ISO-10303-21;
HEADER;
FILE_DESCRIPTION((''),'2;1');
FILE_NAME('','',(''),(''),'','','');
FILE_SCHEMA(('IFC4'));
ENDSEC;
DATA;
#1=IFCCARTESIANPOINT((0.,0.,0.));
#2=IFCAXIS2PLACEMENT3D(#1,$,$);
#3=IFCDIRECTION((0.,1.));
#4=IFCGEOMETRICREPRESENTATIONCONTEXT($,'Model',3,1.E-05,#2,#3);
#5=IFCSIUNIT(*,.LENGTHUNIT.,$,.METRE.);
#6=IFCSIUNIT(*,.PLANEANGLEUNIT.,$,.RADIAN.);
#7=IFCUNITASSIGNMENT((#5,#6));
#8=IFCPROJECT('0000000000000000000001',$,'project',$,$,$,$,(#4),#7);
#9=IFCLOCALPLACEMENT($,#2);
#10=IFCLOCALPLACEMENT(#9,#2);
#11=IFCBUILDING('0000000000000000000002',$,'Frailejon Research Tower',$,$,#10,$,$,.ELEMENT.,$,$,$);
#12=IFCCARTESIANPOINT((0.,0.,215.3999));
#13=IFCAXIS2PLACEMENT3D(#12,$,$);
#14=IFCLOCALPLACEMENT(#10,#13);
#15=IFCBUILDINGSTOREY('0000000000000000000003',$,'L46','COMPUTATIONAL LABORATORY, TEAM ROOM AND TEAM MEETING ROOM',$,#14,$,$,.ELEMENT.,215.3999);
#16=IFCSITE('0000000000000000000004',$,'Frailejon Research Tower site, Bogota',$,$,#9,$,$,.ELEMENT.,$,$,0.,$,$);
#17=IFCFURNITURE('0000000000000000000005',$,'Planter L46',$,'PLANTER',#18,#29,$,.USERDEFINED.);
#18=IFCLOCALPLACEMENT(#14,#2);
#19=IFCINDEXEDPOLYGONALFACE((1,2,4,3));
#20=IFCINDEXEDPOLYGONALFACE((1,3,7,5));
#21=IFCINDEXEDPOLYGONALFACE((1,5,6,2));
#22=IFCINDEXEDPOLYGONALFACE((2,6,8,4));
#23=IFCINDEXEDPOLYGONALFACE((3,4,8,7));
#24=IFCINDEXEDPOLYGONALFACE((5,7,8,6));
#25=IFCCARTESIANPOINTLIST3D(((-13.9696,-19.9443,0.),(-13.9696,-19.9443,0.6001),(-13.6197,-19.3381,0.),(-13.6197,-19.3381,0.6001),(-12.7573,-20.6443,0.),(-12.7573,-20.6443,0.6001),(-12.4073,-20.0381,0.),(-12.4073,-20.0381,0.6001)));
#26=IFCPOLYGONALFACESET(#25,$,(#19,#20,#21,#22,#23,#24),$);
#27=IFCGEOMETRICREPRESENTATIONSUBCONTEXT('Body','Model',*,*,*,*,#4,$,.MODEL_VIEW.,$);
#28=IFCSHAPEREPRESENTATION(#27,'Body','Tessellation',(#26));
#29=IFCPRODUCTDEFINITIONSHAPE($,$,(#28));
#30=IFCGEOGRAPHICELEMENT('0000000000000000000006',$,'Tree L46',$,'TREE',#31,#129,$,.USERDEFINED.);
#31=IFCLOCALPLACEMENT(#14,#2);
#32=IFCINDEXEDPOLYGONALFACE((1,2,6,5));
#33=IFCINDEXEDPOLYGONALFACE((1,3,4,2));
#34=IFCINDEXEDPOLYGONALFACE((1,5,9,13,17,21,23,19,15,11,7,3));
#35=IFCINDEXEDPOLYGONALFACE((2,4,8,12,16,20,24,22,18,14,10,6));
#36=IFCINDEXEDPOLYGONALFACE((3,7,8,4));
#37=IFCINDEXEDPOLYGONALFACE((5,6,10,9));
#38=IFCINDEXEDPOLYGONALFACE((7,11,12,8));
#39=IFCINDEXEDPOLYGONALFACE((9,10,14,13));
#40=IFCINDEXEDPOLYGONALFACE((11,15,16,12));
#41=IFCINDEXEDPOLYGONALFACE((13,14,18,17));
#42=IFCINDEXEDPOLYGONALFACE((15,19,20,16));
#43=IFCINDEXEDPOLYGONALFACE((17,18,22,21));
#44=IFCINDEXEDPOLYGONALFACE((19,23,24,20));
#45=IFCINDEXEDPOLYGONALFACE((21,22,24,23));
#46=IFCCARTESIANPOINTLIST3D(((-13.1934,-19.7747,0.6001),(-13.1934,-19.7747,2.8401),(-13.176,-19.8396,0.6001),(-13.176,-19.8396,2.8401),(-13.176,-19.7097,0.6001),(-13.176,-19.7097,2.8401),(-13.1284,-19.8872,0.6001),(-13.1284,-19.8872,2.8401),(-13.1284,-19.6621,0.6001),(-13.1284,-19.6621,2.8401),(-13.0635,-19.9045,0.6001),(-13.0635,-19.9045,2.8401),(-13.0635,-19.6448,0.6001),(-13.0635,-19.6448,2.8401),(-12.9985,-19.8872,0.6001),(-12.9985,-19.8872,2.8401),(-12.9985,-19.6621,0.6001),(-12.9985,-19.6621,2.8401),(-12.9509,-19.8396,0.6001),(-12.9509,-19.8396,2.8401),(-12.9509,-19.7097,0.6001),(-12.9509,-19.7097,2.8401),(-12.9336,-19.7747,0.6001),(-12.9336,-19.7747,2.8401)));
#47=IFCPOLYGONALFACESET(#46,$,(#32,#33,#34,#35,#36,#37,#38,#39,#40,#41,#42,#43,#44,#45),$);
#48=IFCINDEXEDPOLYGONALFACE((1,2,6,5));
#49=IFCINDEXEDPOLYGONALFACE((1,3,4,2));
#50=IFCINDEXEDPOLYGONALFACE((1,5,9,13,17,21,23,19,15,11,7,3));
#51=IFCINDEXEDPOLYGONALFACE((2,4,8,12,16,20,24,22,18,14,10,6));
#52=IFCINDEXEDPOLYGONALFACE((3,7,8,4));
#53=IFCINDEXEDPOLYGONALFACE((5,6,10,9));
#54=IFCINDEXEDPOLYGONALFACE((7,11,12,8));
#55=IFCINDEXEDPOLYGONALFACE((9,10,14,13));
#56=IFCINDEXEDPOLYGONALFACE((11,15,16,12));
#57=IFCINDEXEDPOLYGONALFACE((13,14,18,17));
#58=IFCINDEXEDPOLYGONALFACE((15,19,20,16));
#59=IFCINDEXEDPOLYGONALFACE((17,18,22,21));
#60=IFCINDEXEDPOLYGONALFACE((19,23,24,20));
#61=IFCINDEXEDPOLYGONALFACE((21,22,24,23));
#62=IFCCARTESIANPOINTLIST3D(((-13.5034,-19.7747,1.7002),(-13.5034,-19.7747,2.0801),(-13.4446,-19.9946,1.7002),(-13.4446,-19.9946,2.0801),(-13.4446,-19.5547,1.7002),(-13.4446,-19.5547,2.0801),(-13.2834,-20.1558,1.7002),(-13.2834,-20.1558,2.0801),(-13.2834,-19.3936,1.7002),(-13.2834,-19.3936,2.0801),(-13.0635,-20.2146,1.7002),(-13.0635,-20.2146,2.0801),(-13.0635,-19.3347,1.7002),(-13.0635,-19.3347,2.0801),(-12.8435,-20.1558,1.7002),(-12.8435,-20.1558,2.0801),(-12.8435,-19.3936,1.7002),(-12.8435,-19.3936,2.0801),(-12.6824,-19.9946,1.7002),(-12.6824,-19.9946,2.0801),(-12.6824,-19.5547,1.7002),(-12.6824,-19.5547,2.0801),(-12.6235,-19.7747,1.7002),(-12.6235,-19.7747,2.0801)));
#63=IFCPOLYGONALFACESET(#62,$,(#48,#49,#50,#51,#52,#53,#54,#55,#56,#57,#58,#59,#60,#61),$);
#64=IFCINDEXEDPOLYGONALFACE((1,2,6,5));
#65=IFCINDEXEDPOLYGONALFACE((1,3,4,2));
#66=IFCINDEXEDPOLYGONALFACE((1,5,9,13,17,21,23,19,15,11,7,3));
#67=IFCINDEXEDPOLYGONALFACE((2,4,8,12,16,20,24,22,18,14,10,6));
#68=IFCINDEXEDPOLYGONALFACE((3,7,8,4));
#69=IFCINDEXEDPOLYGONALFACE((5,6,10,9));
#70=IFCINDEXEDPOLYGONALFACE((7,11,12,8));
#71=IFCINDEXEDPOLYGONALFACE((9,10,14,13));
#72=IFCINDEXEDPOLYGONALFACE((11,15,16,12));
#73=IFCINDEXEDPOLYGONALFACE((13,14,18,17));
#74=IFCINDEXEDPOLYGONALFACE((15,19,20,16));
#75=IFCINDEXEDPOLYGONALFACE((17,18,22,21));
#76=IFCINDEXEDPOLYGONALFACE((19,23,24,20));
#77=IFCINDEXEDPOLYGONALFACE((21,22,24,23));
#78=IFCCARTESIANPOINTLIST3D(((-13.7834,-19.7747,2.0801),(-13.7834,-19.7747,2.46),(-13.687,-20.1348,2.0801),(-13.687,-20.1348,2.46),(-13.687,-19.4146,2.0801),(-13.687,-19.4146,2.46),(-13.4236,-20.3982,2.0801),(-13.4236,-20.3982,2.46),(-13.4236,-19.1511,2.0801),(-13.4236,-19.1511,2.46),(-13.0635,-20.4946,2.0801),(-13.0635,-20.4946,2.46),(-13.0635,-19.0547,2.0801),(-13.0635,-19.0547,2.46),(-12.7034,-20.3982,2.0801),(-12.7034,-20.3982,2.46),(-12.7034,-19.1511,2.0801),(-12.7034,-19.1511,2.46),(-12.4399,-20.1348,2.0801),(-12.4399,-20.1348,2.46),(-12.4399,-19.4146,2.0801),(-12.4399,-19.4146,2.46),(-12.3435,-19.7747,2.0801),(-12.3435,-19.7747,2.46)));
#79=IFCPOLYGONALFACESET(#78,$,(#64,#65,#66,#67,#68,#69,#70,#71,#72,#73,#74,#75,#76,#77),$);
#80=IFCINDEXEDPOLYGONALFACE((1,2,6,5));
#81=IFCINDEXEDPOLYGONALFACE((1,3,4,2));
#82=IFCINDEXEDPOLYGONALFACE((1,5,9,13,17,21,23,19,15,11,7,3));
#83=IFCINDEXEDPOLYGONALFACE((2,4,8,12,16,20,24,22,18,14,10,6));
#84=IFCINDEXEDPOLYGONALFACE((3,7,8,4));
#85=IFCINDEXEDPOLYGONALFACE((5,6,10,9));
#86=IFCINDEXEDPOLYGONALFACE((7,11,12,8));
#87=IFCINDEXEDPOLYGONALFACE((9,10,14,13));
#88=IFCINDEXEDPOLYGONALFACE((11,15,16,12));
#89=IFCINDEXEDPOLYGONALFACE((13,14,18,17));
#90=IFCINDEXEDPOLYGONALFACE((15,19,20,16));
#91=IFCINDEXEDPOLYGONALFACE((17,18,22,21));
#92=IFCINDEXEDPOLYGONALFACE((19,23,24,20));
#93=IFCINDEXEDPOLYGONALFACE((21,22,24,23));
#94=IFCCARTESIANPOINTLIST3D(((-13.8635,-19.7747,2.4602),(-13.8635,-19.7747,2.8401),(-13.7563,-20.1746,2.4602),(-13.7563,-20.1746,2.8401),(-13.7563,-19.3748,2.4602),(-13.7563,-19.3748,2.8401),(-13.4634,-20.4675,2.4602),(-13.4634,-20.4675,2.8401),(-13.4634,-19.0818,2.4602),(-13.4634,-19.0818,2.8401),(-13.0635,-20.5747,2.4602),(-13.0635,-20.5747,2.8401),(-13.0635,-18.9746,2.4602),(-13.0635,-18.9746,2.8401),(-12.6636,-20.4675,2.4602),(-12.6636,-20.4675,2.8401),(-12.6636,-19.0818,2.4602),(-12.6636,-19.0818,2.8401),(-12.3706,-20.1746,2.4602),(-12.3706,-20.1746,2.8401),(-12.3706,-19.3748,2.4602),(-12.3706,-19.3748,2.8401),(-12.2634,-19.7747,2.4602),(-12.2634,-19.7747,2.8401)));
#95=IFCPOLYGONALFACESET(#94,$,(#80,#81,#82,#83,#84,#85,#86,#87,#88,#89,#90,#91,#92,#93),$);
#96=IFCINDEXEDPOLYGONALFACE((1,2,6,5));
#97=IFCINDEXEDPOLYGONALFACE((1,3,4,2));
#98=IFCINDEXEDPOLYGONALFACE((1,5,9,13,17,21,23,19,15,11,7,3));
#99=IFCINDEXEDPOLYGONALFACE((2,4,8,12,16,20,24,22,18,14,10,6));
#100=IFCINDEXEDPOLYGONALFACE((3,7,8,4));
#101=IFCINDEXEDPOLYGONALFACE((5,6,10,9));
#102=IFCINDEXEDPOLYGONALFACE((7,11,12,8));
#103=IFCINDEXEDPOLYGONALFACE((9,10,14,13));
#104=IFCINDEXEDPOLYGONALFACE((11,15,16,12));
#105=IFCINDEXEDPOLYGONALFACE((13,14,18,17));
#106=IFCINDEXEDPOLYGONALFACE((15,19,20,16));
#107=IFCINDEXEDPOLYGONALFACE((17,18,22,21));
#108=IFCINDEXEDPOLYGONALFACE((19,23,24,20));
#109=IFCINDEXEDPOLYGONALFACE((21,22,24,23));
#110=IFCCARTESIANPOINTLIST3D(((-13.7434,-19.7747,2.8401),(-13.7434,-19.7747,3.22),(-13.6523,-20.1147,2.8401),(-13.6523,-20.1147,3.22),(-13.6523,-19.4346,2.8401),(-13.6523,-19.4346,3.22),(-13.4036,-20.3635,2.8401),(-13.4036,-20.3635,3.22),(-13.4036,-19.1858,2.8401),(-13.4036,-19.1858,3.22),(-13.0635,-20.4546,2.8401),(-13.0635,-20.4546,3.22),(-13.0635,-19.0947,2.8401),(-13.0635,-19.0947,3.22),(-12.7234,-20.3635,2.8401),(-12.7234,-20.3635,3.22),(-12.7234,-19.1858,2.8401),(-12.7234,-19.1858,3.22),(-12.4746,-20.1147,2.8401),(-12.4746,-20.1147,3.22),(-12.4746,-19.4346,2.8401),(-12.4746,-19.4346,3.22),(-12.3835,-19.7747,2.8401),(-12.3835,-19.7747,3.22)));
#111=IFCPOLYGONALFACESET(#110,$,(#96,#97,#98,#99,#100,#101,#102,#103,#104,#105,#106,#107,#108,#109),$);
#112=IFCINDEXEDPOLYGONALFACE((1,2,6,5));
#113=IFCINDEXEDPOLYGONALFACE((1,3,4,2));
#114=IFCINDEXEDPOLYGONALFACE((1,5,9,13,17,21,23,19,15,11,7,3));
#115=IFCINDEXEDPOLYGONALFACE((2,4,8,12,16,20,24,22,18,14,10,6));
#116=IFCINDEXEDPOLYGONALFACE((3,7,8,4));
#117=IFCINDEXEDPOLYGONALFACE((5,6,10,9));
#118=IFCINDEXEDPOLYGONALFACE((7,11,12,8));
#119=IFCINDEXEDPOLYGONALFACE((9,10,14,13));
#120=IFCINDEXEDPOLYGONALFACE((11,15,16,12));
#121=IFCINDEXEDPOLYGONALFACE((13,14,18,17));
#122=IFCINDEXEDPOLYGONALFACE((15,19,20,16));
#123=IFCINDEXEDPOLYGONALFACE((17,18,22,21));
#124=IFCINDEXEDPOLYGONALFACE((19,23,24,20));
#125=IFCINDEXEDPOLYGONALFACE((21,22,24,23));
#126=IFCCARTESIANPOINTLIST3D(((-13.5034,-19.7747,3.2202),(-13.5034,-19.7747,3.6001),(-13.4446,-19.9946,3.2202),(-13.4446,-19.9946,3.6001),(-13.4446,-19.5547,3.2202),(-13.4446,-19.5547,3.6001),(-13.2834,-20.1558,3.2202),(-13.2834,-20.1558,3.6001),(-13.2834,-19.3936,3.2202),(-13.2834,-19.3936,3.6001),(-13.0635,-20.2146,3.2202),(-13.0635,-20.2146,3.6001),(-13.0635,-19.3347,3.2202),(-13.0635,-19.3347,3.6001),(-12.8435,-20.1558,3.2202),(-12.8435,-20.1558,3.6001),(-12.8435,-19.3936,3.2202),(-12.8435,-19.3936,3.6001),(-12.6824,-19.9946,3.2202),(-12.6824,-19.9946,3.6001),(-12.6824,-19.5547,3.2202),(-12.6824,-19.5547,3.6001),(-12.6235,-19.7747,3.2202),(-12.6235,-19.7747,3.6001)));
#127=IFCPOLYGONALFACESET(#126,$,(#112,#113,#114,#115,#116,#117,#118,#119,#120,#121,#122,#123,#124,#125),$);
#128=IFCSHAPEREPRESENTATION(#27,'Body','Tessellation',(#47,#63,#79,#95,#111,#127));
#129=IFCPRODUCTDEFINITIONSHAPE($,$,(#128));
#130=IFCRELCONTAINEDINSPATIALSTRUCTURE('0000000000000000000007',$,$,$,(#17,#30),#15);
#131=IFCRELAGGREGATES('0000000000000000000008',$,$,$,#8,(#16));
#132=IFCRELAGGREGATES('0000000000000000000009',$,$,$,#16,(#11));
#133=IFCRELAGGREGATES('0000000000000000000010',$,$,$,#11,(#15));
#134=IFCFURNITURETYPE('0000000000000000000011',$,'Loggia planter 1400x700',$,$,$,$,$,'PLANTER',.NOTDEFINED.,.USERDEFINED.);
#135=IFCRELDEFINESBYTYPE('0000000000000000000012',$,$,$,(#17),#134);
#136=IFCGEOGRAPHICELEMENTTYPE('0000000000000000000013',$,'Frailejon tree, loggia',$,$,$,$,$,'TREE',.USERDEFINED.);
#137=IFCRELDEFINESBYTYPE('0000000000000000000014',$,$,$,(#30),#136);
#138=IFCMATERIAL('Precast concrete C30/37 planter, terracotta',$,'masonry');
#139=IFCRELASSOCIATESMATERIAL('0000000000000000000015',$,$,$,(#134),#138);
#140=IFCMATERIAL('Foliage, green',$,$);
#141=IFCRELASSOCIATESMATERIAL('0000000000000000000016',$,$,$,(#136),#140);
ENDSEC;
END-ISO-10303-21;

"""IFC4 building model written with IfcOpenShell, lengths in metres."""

from ifc_helpers import new_model, si_unit, direction, frame, origin, origin_2d, place, context, subcontext, project, spatial, polyline, rectangle, outline, extrude, material, type_object, element, save


model = new_model("IFC4")

# Units and contexts
model_context = context("Model", 3, precision=1e-05, world=origin(), true_north=direction((0.0, 1.0)))
body_context = subcontext(model_context, "Body", "Model", "MODEL_VIEW")
ifc_project = project(units=[si_unit("LENGTHUNIT", "METRE"), si_unit("PLANEANGLEUNIT", "RADIAN")], contexts=[model_context])

# Site, building, storey
site_placement = place(None, origin())
site = spatial("IfcSite", under=ifc_project, at=site_placement, Name="Frailejon Research Tower site, Bogota", CompositionType="ELEMENT", RefElevation=0.0)
building_placement = place(site_placement, origin())
building = spatial("IfcBuilding", under=site, at=building_placement, Name="Frailejon Research Tower", CompositionType="ELEMENT")
storey_placement = place(building_placement, frame((0.0, 0.0, 215.3999)))
storey = spatial("IfcBuildingStorey", under=building, at=storey_placement, Name="L46", Description="COMPUTATIONAL LABORATORY, TEAM ROOM AND TEAM MEETING ROOM", CompositionType="ELEMENT", Elevation=215.3999)

# Furniture
ifc_material_1 = material(Name="Precast concrete C30/37 planter, terracotta", Category="masonry")
furniture_type = type_object("IfcFurnitureType", Name="Loggia planter 1400x700", ElementType="PLANTER", AssemblyPlace="NOTDEFINED", PredefinedType="USERDEFINED", material=ifc_material_1)
furniture_placement = place(storey_placement, frame((-13.1885, -19.9912, 0.0), z_axis=(0.0, 0.0, 1.0), x_axis=(0.866025, -0.5, 0.0)))
element("IfcFurniture", 1, at=furniture_placement, inside=storey, type_object=furniture_type, Name="Planter L46", ObjectType="PLANTER", PredefinedType="USERDEFINED", context=body_context, shape_type="SweptSolid", body=[
    extrude(rectangle(XDim=1.3999, YDim=0.7, at=origin_2d()), origin(), (0.0, 0.0, 1.0), 0.6001),
])

# Geographic element
ifc_material_2 = material(Name="Foliage, green")
geographic_element_type = type_object("IfcGeographicElementType", Name="Frailejon tree, loggia", ElementType="TREE", PredefinedType="USERDEFINED", material=ifc_material_2)
geographic_element_placement = place(storey_placement, frame((-13.0635, -19.7747, 0.6001)))
element("IfcGeographicElement", 2, at=geographic_element_placement, inside=storey, type_object=geographic_element_type, Name="Tree L46", ObjectType="TREE", PredefinedType="USERDEFINED", context=body_context, shape_type="SweptSolid", body=[
    extrude(outline(polyline([(0.1299, 0.0), (0.1125, 0.0649), (0.0649, 0.1125), (0.0, 0.1299), (-0.0649, 0.1125), (-0.1125, 0.0649), (-0.1299, 0.0), (-0.1125, -0.0649), (-0.0649, -0.1125), (0.0, -0.1299), (0.0649, -0.1125), (0.1125, -0.0649), (0.1299, 0.0)])), origin(), (0.0, 0.0, 1.0), 2.24),
    extrude(outline(polyline([(0.4399, 0.0), (0.3811, 0.22), (0.22, 0.3811), (0.0, 0.4399), (-0.22, 0.3811), (-0.3811, 0.22), (-0.4399, 0.0), (-0.3811, -0.22), (-0.22, -0.3811), (0.0, -0.4399), (0.22, -0.3811), (0.3811, -0.22), (0.4399, 0.0)])), frame((0.0, 0.0, 1.1001)), (0.0, 0.0, 1.0), 0.3799),
    extrude(outline(polyline([(0.72, 0.0), (0.6235, 0.3601), (0.3601, 0.6235), (0.0, 0.72), (-0.3601, 0.6235), (-0.6235, 0.3601), (-0.72, 0.0), (-0.6235, -0.3601), (-0.3601, -0.6235), (0.0, -0.72), (0.3601, -0.6235), (0.6235, -0.3601), (0.72, 0.0)])), frame((0.0, 0.0, 1.48)), (0.0, 0.0, 1.0), 0.3799),
    extrude(outline(polyline([(0.8, 0.0), (0.6929, 0.3999), (0.3999, 0.6929), (0.0, 0.8), (-0.3999, 0.6929), (-0.6929, 0.3999), (-0.8, 0.0), (-0.6929, -0.3999), (-0.3999, -0.6929), (0.0, -0.8), (0.3999, -0.6929), (0.6929, -0.3999), (0.8, 0.0)])), frame((0.0, 0.0, 1.8601)), (0.0, 0.0, 1.0), 0.3799),
    extrude(outline(polyline([(0.6799, 0.0), (0.5889, 0.3401), (0.3401, 0.5889), (0.0, 0.6799), (-0.3401, 0.5889), (-0.5889, 0.3401), (-0.6799, 0.0), (-0.5889, -0.3401), (-0.3401, -0.5889), (0.0, -0.6799), (0.3401, -0.5889), (0.5889, -0.3401), (0.6799, 0.0)])), frame((0.0, 0.0, 2.24)), (0.0, 0.0, 1.0), 0.3799),
    extrude(outline(polyline([(0.4399, 0.0), (0.3811, 0.22), (0.22, 0.3811), (0.0, 0.4399), (-0.22, 0.3811), (-0.3811, 0.22), (-0.4399, 0.0), (-0.3811, -0.22), (-0.22, -0.3811), (0.0, -0.4399), (0.22, -0.3811), (0.3811, -0.22), (0.4399, 0.0)])), frame((0.0, 0.0, 2.6201)), (0.0, 0.0, 1.0), 0.3799),
])

save(model, "model.ifc")
